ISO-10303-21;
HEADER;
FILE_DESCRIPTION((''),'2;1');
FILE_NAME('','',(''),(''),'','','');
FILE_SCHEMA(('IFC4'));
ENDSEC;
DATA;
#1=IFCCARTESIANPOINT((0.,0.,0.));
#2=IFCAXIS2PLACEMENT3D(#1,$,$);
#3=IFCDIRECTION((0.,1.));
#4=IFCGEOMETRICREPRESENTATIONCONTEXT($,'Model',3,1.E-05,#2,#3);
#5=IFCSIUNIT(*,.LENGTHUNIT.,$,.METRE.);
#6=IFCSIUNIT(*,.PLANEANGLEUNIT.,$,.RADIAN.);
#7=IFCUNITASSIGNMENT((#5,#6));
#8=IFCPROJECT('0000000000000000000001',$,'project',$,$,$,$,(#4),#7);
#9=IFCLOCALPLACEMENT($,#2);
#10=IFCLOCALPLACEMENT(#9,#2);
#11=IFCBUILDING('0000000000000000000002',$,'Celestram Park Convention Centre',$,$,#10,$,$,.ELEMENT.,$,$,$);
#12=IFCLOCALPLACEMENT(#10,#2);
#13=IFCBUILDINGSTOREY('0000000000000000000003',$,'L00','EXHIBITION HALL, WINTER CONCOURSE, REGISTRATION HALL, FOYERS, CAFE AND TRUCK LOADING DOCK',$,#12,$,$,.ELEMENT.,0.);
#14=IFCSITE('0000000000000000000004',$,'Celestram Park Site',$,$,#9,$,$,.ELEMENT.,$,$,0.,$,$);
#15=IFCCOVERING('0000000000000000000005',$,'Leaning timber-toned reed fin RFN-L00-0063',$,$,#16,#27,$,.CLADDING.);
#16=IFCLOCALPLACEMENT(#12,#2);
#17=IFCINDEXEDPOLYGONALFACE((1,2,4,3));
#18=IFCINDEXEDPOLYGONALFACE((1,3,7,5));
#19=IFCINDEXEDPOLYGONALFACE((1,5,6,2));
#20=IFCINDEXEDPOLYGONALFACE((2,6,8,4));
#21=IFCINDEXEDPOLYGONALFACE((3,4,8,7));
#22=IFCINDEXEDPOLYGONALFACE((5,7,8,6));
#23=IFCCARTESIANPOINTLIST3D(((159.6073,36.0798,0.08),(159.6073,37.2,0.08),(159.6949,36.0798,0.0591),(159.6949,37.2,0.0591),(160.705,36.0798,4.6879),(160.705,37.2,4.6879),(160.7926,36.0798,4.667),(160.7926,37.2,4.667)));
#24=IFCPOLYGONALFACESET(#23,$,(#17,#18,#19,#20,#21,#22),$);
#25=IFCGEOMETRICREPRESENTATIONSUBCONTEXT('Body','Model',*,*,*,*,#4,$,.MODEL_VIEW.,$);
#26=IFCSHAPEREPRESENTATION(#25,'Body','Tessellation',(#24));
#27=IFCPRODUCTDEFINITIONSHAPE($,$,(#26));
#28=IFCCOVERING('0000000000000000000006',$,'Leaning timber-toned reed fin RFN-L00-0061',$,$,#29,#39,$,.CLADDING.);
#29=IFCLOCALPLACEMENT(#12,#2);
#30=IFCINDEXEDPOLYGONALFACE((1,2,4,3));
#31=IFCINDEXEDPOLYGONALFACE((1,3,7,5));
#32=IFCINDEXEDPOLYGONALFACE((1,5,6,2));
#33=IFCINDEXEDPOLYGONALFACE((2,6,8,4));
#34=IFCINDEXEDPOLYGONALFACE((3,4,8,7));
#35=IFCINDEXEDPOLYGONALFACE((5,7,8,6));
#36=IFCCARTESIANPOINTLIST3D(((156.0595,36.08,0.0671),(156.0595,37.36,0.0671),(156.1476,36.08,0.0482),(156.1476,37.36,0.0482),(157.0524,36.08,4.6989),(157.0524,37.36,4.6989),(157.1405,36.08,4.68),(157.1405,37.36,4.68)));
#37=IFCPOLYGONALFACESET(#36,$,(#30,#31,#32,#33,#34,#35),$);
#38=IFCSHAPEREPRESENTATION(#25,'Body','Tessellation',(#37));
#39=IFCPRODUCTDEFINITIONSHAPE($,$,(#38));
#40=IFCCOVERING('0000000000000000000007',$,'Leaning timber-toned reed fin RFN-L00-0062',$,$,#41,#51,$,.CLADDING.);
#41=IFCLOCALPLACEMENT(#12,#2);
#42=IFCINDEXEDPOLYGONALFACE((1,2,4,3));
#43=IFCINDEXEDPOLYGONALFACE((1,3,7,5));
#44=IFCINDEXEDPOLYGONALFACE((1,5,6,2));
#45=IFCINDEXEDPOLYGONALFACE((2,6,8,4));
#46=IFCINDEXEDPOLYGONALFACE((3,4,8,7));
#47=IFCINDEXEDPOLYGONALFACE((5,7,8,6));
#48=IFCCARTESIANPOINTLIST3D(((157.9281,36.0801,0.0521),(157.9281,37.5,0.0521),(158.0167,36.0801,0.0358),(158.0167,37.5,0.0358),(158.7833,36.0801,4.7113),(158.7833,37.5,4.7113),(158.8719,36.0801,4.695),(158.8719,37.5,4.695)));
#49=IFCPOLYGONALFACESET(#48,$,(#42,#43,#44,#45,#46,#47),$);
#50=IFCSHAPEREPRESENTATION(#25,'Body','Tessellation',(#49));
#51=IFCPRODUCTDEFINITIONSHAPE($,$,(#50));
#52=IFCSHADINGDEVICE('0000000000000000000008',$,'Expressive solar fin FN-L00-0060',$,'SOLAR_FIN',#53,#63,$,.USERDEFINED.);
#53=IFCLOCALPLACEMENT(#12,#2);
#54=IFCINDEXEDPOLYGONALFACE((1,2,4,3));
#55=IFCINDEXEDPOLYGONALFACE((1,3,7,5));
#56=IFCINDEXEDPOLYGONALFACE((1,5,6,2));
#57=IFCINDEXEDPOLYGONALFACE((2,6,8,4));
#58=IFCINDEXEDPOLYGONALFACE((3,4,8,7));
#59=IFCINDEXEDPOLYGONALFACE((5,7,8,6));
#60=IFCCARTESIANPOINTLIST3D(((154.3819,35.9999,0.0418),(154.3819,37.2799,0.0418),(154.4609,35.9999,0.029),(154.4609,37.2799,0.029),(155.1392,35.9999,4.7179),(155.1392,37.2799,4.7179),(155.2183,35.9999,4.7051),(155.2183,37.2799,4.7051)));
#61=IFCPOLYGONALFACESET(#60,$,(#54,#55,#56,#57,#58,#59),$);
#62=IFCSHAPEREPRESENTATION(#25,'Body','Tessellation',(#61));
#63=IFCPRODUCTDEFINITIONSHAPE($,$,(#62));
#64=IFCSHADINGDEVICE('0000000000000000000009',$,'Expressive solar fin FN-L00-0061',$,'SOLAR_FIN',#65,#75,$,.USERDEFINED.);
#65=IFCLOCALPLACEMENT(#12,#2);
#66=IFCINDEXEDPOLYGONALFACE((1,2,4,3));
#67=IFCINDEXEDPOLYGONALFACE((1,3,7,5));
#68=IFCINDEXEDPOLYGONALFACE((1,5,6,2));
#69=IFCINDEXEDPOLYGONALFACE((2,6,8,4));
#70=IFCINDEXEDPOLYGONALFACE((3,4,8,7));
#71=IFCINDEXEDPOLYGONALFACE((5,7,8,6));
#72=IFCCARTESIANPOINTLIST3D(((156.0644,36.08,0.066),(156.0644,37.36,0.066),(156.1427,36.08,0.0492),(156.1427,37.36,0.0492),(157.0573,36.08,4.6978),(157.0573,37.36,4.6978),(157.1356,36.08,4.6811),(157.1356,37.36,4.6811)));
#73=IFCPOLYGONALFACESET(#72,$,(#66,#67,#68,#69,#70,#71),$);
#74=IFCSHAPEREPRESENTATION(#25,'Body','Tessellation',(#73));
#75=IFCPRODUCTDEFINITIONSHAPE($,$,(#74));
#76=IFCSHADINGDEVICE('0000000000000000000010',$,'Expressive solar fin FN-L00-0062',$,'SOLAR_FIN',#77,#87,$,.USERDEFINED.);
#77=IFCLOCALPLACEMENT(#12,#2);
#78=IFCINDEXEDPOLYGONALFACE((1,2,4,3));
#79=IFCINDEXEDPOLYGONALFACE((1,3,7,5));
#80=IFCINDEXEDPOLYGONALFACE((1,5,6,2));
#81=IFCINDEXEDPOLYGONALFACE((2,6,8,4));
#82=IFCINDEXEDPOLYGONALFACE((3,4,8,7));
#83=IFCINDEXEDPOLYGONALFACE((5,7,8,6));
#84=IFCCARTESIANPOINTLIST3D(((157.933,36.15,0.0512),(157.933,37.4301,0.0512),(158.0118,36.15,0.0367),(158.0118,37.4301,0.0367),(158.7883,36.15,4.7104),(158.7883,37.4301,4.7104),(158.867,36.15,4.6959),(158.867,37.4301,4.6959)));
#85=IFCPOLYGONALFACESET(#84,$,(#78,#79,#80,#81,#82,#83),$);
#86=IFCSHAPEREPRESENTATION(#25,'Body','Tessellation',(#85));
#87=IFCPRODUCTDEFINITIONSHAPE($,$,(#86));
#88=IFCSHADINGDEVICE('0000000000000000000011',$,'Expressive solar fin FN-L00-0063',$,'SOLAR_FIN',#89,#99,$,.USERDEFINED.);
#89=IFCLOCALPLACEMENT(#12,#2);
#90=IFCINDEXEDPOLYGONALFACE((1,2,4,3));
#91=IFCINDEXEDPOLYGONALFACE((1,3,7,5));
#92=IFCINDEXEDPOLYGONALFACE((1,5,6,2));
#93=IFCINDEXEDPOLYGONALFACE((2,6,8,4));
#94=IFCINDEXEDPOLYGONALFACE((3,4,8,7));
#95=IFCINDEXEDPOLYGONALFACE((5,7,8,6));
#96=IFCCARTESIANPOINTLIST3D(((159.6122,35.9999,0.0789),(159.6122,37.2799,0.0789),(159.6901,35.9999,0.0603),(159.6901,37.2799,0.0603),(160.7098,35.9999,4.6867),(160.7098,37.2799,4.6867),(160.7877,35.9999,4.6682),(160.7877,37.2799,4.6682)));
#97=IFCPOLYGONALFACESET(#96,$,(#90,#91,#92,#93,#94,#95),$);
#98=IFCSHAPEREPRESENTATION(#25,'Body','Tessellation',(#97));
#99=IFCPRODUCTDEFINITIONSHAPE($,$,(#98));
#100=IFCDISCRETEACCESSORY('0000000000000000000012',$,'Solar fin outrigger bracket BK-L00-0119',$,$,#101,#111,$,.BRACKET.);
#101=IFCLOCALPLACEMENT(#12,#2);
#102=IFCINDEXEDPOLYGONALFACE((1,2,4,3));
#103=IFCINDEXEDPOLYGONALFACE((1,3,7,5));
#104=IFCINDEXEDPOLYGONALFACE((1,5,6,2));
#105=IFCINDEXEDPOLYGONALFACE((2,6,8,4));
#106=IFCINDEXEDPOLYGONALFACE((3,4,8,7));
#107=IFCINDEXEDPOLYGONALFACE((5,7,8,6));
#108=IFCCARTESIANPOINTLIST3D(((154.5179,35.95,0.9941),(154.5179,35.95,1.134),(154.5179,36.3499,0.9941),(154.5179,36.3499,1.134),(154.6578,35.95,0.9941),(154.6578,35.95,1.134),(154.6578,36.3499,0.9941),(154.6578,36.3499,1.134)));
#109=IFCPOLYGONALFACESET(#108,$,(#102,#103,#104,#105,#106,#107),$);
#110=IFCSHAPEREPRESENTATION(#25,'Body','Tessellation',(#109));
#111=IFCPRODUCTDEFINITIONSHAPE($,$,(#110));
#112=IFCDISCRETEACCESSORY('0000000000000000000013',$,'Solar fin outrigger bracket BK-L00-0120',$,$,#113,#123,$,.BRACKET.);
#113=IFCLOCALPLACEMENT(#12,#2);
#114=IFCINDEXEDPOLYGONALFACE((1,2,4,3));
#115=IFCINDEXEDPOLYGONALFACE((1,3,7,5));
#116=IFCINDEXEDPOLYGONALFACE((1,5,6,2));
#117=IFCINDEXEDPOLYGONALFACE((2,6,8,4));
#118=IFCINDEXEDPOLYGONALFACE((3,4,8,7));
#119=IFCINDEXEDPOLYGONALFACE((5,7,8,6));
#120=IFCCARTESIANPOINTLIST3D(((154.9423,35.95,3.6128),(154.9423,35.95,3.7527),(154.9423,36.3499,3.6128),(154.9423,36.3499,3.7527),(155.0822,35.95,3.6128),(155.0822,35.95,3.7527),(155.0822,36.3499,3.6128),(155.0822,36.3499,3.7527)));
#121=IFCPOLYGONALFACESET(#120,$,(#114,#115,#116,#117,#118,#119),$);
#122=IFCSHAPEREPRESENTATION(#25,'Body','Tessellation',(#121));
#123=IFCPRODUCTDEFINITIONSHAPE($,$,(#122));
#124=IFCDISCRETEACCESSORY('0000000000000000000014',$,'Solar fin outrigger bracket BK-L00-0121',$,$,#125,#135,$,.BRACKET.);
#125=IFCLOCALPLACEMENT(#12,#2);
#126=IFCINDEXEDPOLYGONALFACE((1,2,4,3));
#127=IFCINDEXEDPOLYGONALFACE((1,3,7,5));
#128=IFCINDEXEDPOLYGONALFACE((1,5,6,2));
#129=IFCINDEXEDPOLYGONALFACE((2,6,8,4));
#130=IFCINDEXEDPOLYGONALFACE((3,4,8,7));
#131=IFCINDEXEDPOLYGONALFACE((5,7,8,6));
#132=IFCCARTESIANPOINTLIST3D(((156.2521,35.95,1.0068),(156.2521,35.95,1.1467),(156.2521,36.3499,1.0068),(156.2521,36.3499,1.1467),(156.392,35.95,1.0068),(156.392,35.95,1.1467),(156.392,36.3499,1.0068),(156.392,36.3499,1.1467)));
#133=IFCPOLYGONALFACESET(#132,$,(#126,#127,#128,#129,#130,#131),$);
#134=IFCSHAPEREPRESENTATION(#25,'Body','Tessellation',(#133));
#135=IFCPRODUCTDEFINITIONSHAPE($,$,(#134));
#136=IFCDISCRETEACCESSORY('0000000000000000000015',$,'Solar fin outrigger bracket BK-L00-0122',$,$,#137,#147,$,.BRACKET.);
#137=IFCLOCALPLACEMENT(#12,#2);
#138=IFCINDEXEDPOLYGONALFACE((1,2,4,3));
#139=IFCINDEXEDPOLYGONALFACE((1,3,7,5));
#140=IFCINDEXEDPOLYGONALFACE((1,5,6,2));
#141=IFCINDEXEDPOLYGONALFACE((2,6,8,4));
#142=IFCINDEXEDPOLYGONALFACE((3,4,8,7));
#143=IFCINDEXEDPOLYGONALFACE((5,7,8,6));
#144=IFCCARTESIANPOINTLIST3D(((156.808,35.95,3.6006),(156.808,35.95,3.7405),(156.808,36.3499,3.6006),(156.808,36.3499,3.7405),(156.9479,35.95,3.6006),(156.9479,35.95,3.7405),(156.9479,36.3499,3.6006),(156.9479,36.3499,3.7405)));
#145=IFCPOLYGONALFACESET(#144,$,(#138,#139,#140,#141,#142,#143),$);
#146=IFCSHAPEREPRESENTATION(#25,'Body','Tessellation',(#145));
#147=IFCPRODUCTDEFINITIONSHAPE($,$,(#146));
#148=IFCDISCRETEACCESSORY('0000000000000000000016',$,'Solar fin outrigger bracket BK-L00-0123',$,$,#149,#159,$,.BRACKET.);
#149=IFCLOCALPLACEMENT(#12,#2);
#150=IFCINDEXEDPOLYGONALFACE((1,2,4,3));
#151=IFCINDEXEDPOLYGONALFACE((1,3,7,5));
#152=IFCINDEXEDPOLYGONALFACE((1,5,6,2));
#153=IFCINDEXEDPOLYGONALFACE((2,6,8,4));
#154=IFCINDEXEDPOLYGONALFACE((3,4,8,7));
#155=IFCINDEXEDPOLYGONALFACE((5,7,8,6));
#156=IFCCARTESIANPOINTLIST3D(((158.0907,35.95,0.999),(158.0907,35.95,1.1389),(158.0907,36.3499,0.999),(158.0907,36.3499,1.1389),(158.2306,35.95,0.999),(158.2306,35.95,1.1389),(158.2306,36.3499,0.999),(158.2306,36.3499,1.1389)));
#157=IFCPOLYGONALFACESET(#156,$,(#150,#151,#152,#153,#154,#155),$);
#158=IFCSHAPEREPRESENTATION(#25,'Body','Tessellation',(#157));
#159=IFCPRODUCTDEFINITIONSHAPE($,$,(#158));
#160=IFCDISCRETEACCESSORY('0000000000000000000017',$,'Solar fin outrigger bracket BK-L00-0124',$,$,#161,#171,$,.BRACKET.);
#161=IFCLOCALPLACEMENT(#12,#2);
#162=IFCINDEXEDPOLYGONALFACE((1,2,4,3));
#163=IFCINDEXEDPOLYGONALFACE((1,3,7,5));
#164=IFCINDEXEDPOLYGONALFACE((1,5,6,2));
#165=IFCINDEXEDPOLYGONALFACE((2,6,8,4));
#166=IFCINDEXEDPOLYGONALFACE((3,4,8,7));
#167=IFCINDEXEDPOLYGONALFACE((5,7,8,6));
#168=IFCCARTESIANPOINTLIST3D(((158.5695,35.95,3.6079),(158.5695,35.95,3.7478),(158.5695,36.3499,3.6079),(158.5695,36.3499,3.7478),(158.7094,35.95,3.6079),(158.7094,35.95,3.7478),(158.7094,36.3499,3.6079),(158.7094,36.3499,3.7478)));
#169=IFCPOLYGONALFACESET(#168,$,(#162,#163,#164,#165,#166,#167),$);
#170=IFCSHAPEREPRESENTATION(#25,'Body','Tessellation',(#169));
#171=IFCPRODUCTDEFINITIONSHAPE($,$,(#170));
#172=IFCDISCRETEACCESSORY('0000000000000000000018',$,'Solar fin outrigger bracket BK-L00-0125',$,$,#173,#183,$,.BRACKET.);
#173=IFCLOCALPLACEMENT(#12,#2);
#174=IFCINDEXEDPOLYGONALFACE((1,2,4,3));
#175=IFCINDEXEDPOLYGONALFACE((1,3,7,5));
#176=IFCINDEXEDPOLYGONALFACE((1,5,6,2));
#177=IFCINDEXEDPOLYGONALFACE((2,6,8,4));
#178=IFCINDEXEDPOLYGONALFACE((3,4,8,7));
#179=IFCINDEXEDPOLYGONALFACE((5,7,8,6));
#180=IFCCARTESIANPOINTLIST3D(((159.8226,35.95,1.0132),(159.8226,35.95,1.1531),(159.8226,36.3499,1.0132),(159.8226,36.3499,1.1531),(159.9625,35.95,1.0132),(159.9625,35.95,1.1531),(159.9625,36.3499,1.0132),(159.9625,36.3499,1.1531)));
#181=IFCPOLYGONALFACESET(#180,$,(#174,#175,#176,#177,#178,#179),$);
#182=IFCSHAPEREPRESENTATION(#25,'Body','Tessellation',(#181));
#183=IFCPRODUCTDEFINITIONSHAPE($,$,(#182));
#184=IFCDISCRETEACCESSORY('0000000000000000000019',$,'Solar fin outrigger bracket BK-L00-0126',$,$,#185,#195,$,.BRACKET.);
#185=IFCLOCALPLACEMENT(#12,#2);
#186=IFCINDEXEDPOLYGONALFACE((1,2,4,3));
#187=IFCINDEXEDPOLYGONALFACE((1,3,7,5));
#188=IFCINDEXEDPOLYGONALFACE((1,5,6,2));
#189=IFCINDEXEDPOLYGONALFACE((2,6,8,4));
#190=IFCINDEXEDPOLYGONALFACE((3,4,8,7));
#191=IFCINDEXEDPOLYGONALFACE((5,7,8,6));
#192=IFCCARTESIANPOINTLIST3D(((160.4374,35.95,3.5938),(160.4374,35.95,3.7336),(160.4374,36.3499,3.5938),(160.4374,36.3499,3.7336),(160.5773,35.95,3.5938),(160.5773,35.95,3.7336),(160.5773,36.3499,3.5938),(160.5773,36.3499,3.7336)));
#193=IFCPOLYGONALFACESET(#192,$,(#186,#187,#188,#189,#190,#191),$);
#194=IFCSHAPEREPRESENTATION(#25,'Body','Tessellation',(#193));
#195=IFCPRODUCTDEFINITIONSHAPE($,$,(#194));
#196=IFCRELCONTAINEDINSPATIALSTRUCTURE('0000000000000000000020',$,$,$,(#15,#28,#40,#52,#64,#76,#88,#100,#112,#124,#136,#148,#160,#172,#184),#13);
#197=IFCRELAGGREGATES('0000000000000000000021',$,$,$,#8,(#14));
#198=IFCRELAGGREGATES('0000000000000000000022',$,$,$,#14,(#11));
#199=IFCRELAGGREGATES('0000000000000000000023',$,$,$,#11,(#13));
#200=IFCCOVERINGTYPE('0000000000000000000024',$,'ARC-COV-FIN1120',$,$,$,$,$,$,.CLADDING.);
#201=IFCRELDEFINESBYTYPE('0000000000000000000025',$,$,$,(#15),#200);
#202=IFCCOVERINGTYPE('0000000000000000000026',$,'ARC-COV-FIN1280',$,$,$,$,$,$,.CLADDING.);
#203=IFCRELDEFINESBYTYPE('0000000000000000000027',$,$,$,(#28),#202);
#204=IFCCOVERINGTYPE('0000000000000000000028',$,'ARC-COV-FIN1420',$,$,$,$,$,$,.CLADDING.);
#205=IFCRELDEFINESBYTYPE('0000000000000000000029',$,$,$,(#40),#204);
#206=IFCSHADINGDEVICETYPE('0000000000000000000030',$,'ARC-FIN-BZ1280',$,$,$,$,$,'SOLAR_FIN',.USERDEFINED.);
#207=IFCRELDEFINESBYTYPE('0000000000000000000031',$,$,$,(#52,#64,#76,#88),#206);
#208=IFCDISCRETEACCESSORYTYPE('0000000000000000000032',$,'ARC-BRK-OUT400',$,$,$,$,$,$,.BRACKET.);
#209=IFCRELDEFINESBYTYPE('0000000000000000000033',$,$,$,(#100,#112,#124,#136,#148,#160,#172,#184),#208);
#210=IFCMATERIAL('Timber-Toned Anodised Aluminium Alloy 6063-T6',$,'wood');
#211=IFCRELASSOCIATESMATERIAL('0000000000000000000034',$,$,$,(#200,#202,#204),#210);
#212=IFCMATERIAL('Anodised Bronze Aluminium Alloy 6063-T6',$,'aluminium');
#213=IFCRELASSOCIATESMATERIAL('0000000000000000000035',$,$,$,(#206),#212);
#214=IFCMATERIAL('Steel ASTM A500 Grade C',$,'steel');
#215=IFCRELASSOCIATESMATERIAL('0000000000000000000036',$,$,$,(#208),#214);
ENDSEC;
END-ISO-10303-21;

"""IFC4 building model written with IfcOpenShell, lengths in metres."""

from ifc_helpers import new_model, si_unit, direction, frame, origin, origin_2d, place, context, subcontext, project, spatial, rectangle, extrude, material, material_profile, profile_set, type_object, element, save


model = new_model("IFC4")

# Units and contexts
model_context = context("Model", 3, precision=1e-05, world=origin(), true_north=direction((0.0, 1.0)))
body_context = subcontext(model_context, "Body", "Model", "MODEL_VIEW")
ifc_project = project(units=[si_unit("LENGTHUNIT", "METRE"), si_unit("PLANEANGLEUNIT", "RADIAN")], contexts=[model_context])

# Site, building, storey
site_placement = place(None, origin())
site = spatial("IfcSite", under=ifc_project, at=site_placement, Name="Celestram Park Site", CompositionType="ELEMENT", RefElevation=0.0)
building_placement = place(site_placement, origin())
building = spatial("IfcBuilding", under=site, at=building_placement, Name="Celestram Park Convention Centre", CompositionType="ELEMENT")
storey_placement = place(building_placement, origin())
storey = spatial("IfcBuildingStorey", under=building, at=storey_placement, Name="L00", Description="EXHIBITION HALL, WINTER CONCOURSE, REGISTRATION HALL, FOYERS, CAFE AND TRUCK LOADING DOCK", CompositionType="ELEMENT", Elevation=0.0)

# Coverings
ifc_material_1 = material(Name="Timber-Toned Anodised Aluminium Alloy 6063-T6", Category="wood")
ifc_material_profile_1 = material_profile(ifc_material_1, rectangle(XDim=1.1201, YDim=0.0901, at=origin_2d()), Name="REED1120X90")
ifc_profile_set_1 = profile_set([ifc_material_profile_1], Name="Timber-Toned Anodised Aluminium Alloy 6063-T6")
covering_type_1 = type_object("IfcCoveringType", Name="ARC-COV-FIN1120", PredefinedType="CLADDING", material=ifc_profile_set_1)
covering_1_placement = place(storey_placement, frame((159.6511, 36.6399, 0.0696), z_axis=(0.231727, 0.0, 0.972781), x_axis=(0.0, 1.0, 0.0)))
element("IfcCovering", 1, at=covering_1_placement, inside=storey, type_object=covering_type_1, Name="Leaning timber-toned reed fin RFN-L00-0063", PredefinedType="CLADDING", context=body_context, shape_type="SweptSolid", body=[
    extrude(rectangle(XDim=1.1201, YDim=0.0901, at=origin_2d()), origin(), (0.0, 0.0, 1.0), 4.7368),
])
ifc_material_profile_2 = material_profile(ifc_material_1, rectangle(XDim=1.28, YDim=0.0901, at=origin_2d()), Name="REED1280X90")
ifc_profile_set_2 = profile_set([ifc_material_profile_2], Name="Timber-Toned Anodised Aluminium Alloy 6063-T6")
covering_type_2 = type_object("IfcCoveringType", Name="ARC-COV-FIN1280", PredefinedType="CLADDING", material=ifc_profile_set_2)
covering_2_placement = place(storey_placement, frame((156.1035, 36.72, 0.0576), z_axis=(0.209607, 0.0, 0.977786), x_axis=(0.0, 1.0, 0.0)))
element("IfcCovering", 2, at=covering_2_placement, inside=storey, type_object=covering_type_2, Name="Leaning timber-toned reed fin RFN-L00-0061", PredefinedType="CLADDING", context=body_context, shape_type="SweptSolid", body=[
    extrude(rectangle(XDim=1.28, YDim=0.0901, at=origin_2d()), origin(), (0.0, 0.0, 1.0), 4.7371),
])
ifc_material_profile_3 = material_profile(ifc_material_1, rectangle(XDim=1.4199, YDim=0.0901, at=origin_2d()), Name="REED1420X90")
ifc_profile_set_3 = profile_set([ifc_material_profile_3], Name="Timber-Toned Anodised Aluminium Alloy 6063-T6")
covering_type_3 = type_object("IfcCoveringType", Name="ARC-COV-FIN1420", PredefinedType="CLADDING", material=ifc_profile_set_3)
covering_3_placement = place(storey_placement, frame((157.9724, 36.79, 0.0439), z_axis=(0.180541, 0.0, 0.983568), x_axis=(0.0, 1.0, 0.0)))
element("IfcCovering", 3, at=covering_3_placement, inside=storey, type_object=covering_type_3, Name="Leaning timber-toned reed fin RFN-L00-0062", PredefinedType="CLADDING", context=body_context, shape_type="SweptSolid", body=[
    extrude(rectangle(XDim=1.4199, YDim=0.0901, at=origin_2d()), origin(), (0.0, 0.0, 1.0), 4.7371),
])

# Shading devices
ifc_material_2 = material(Name="Anodised Bronze Aluminium Alloy 6063-T6", Category="aluminium")
ifc_material_profile_4 = material_profile(ifc_material_2, rectangle(XDim=1.28, YDim=0.0801, at=origin_2d()), Name="FIN1280X80")
ifc_profile_set_4 = profile_set([ifc_material_profile_4], Name="Anodised Bronze Aluminium Alloy 6063-T6")
shading_device_type = type_object("IfcShadingDeviceType", Name="ARC-FIN-BZ1280", ElementType="SOLAR_FIN", PredefinedType="USERDEFINED", material=ifc_profile_set_4)
for number, where, z_axis, x_axis, name in (
    (4, (154.4214, 36.6399, 0.0354), (0.159876, 0.0, 0.987137), (0.0, 1.0, 0.0), "Expressive solar fin FN-L00-0060"),
    (5, (156.1035, 36.72, 0.0576), (0.209607, 0.0, 0.977786), (0.0, 1.0, 0.0), "Expressive solar fin FN-L00-0061"),
    (6, (157.9724, 36.79, 0.0439), (0.180541, 0.0, 0.983568), (0.0, 1.0, 0.0), "Expressive solar fin FN-L00-0062"),
):
    element("IfcShadingDevice", number, at=place(storey_placement, frame(where, z_axis=z_axis, x_axis=x_axis)), inside=storey, type_object=shading_device_type, Name=name, ObjectType="SOLAR_FIN", PredefinedType="USERDEFINED", context=body_context, shape_type="SweptSolid", body=[
        extrude(rectangle(XDim=1.28, YDim=0.0801, at=origin_2d()), origin(), (0.0, 0.0, 1.0), 4.7371),
    ])
shading_device_placement = place(storey_placement, frame((159.6511, 36.6399, 0.0696), z_axis=(0.231727, 0.0, 0.972781), x_axis=(0.0, 1.0, 0.0)))
element("IfcShadingDevice", 7, at=shading_device_placement, inside=storey, type_object=shading_device_type, Name="Expressive solar fin FN-L00-0063", ObjectType="SOLAR_FIN", PredefinedType="USERDEFINED", context=body_context, shape_type="SweptSolid", body=[
    extrude(rectangle(XDim=1.28, YDim=0.0801, at=origin_2d()), origin(), (0.0, 0.0, 1.0), 4.7368),
])

# Discrete accessories
ifc_material_3 = material(Name="Steel ASTM A500 Grade C", Category="steel")
discrete_accessory_type = type_object("IfcDiscreteAccessoryType", Name="ARC-BRK-OUT400", PredefinedType="BRACKET", material=ifc_material_3)
for number, where, z_axis, x_axis, name in (
    (8, (154.5879, 36.1499, 0.9941), (0.0, 0.0, 1.0), (0.0, 1.0, 0.0), "Solar fin outrigger bracket BK-L00-0119"),
    (9, (155.0122, 36.1499, 3.6128), (0.0, 0.0, 1.0), (0.0, 1.0, 0.0), "Solar fin outrigger bracket BK-L00-0120"),
    (10, (156.322, 36.1499, 1.0068), (0.0, 0.0, 1.0), (0.0, 1.0, 0.0), "Solar fin outrigger bracket BK-L00-0121"),
    (11, (156.8779, 36.1499, 3.6006), (0.0, 0.0, 1.0), (0.0, 1.0, 0.0), "Solar fin outrigger bracket BK-L00-0122"),
    (12, (158.1606, 36.1499, 0.999), (0.0, 0.0, 1.0), (0.0, 1.0, 0.0), "Solar fin outrigger bracket BK-L00-0123"),
    (13, (158.6394, 36.1499, 3.6079), (0.0, 0.0, 1.0), (0.0, 1.0, 0.0), "Solar fin outrigger bracket BK-L00-0124"),
    (14, (159.8926, 36.1499, 1.0132), (0.0, 0.0, 1.0), (0.0, 1.0, 0.0), "Solar fin outrigger bracket BK-L00-0125"),
    (15, (160.5073, 36.1499, 3.5938), (0.0, 0.0, 1.0), (0.0, 1.0, 0.0), "Solar fin outrigger bracket BK-L00-0126"),
):
    element("IfcDiscreteAccessory", number, at=place(storey_placement, frame(where, z_axis=z_axis, x_axis=x_axis)), inside=storey, type_object=discrete_accessory_type, Name=name, PredefinedType="BRACKET", context=body_context, shape_type="SweptSolid", body=[
        extrude(rectangle(XDim=0.3999, YDim=0.1399, at=origin_2d()), origin(), (0.0, 0.0, 1.0), 0.1399),
    ])

save(model, "model.ifc")
